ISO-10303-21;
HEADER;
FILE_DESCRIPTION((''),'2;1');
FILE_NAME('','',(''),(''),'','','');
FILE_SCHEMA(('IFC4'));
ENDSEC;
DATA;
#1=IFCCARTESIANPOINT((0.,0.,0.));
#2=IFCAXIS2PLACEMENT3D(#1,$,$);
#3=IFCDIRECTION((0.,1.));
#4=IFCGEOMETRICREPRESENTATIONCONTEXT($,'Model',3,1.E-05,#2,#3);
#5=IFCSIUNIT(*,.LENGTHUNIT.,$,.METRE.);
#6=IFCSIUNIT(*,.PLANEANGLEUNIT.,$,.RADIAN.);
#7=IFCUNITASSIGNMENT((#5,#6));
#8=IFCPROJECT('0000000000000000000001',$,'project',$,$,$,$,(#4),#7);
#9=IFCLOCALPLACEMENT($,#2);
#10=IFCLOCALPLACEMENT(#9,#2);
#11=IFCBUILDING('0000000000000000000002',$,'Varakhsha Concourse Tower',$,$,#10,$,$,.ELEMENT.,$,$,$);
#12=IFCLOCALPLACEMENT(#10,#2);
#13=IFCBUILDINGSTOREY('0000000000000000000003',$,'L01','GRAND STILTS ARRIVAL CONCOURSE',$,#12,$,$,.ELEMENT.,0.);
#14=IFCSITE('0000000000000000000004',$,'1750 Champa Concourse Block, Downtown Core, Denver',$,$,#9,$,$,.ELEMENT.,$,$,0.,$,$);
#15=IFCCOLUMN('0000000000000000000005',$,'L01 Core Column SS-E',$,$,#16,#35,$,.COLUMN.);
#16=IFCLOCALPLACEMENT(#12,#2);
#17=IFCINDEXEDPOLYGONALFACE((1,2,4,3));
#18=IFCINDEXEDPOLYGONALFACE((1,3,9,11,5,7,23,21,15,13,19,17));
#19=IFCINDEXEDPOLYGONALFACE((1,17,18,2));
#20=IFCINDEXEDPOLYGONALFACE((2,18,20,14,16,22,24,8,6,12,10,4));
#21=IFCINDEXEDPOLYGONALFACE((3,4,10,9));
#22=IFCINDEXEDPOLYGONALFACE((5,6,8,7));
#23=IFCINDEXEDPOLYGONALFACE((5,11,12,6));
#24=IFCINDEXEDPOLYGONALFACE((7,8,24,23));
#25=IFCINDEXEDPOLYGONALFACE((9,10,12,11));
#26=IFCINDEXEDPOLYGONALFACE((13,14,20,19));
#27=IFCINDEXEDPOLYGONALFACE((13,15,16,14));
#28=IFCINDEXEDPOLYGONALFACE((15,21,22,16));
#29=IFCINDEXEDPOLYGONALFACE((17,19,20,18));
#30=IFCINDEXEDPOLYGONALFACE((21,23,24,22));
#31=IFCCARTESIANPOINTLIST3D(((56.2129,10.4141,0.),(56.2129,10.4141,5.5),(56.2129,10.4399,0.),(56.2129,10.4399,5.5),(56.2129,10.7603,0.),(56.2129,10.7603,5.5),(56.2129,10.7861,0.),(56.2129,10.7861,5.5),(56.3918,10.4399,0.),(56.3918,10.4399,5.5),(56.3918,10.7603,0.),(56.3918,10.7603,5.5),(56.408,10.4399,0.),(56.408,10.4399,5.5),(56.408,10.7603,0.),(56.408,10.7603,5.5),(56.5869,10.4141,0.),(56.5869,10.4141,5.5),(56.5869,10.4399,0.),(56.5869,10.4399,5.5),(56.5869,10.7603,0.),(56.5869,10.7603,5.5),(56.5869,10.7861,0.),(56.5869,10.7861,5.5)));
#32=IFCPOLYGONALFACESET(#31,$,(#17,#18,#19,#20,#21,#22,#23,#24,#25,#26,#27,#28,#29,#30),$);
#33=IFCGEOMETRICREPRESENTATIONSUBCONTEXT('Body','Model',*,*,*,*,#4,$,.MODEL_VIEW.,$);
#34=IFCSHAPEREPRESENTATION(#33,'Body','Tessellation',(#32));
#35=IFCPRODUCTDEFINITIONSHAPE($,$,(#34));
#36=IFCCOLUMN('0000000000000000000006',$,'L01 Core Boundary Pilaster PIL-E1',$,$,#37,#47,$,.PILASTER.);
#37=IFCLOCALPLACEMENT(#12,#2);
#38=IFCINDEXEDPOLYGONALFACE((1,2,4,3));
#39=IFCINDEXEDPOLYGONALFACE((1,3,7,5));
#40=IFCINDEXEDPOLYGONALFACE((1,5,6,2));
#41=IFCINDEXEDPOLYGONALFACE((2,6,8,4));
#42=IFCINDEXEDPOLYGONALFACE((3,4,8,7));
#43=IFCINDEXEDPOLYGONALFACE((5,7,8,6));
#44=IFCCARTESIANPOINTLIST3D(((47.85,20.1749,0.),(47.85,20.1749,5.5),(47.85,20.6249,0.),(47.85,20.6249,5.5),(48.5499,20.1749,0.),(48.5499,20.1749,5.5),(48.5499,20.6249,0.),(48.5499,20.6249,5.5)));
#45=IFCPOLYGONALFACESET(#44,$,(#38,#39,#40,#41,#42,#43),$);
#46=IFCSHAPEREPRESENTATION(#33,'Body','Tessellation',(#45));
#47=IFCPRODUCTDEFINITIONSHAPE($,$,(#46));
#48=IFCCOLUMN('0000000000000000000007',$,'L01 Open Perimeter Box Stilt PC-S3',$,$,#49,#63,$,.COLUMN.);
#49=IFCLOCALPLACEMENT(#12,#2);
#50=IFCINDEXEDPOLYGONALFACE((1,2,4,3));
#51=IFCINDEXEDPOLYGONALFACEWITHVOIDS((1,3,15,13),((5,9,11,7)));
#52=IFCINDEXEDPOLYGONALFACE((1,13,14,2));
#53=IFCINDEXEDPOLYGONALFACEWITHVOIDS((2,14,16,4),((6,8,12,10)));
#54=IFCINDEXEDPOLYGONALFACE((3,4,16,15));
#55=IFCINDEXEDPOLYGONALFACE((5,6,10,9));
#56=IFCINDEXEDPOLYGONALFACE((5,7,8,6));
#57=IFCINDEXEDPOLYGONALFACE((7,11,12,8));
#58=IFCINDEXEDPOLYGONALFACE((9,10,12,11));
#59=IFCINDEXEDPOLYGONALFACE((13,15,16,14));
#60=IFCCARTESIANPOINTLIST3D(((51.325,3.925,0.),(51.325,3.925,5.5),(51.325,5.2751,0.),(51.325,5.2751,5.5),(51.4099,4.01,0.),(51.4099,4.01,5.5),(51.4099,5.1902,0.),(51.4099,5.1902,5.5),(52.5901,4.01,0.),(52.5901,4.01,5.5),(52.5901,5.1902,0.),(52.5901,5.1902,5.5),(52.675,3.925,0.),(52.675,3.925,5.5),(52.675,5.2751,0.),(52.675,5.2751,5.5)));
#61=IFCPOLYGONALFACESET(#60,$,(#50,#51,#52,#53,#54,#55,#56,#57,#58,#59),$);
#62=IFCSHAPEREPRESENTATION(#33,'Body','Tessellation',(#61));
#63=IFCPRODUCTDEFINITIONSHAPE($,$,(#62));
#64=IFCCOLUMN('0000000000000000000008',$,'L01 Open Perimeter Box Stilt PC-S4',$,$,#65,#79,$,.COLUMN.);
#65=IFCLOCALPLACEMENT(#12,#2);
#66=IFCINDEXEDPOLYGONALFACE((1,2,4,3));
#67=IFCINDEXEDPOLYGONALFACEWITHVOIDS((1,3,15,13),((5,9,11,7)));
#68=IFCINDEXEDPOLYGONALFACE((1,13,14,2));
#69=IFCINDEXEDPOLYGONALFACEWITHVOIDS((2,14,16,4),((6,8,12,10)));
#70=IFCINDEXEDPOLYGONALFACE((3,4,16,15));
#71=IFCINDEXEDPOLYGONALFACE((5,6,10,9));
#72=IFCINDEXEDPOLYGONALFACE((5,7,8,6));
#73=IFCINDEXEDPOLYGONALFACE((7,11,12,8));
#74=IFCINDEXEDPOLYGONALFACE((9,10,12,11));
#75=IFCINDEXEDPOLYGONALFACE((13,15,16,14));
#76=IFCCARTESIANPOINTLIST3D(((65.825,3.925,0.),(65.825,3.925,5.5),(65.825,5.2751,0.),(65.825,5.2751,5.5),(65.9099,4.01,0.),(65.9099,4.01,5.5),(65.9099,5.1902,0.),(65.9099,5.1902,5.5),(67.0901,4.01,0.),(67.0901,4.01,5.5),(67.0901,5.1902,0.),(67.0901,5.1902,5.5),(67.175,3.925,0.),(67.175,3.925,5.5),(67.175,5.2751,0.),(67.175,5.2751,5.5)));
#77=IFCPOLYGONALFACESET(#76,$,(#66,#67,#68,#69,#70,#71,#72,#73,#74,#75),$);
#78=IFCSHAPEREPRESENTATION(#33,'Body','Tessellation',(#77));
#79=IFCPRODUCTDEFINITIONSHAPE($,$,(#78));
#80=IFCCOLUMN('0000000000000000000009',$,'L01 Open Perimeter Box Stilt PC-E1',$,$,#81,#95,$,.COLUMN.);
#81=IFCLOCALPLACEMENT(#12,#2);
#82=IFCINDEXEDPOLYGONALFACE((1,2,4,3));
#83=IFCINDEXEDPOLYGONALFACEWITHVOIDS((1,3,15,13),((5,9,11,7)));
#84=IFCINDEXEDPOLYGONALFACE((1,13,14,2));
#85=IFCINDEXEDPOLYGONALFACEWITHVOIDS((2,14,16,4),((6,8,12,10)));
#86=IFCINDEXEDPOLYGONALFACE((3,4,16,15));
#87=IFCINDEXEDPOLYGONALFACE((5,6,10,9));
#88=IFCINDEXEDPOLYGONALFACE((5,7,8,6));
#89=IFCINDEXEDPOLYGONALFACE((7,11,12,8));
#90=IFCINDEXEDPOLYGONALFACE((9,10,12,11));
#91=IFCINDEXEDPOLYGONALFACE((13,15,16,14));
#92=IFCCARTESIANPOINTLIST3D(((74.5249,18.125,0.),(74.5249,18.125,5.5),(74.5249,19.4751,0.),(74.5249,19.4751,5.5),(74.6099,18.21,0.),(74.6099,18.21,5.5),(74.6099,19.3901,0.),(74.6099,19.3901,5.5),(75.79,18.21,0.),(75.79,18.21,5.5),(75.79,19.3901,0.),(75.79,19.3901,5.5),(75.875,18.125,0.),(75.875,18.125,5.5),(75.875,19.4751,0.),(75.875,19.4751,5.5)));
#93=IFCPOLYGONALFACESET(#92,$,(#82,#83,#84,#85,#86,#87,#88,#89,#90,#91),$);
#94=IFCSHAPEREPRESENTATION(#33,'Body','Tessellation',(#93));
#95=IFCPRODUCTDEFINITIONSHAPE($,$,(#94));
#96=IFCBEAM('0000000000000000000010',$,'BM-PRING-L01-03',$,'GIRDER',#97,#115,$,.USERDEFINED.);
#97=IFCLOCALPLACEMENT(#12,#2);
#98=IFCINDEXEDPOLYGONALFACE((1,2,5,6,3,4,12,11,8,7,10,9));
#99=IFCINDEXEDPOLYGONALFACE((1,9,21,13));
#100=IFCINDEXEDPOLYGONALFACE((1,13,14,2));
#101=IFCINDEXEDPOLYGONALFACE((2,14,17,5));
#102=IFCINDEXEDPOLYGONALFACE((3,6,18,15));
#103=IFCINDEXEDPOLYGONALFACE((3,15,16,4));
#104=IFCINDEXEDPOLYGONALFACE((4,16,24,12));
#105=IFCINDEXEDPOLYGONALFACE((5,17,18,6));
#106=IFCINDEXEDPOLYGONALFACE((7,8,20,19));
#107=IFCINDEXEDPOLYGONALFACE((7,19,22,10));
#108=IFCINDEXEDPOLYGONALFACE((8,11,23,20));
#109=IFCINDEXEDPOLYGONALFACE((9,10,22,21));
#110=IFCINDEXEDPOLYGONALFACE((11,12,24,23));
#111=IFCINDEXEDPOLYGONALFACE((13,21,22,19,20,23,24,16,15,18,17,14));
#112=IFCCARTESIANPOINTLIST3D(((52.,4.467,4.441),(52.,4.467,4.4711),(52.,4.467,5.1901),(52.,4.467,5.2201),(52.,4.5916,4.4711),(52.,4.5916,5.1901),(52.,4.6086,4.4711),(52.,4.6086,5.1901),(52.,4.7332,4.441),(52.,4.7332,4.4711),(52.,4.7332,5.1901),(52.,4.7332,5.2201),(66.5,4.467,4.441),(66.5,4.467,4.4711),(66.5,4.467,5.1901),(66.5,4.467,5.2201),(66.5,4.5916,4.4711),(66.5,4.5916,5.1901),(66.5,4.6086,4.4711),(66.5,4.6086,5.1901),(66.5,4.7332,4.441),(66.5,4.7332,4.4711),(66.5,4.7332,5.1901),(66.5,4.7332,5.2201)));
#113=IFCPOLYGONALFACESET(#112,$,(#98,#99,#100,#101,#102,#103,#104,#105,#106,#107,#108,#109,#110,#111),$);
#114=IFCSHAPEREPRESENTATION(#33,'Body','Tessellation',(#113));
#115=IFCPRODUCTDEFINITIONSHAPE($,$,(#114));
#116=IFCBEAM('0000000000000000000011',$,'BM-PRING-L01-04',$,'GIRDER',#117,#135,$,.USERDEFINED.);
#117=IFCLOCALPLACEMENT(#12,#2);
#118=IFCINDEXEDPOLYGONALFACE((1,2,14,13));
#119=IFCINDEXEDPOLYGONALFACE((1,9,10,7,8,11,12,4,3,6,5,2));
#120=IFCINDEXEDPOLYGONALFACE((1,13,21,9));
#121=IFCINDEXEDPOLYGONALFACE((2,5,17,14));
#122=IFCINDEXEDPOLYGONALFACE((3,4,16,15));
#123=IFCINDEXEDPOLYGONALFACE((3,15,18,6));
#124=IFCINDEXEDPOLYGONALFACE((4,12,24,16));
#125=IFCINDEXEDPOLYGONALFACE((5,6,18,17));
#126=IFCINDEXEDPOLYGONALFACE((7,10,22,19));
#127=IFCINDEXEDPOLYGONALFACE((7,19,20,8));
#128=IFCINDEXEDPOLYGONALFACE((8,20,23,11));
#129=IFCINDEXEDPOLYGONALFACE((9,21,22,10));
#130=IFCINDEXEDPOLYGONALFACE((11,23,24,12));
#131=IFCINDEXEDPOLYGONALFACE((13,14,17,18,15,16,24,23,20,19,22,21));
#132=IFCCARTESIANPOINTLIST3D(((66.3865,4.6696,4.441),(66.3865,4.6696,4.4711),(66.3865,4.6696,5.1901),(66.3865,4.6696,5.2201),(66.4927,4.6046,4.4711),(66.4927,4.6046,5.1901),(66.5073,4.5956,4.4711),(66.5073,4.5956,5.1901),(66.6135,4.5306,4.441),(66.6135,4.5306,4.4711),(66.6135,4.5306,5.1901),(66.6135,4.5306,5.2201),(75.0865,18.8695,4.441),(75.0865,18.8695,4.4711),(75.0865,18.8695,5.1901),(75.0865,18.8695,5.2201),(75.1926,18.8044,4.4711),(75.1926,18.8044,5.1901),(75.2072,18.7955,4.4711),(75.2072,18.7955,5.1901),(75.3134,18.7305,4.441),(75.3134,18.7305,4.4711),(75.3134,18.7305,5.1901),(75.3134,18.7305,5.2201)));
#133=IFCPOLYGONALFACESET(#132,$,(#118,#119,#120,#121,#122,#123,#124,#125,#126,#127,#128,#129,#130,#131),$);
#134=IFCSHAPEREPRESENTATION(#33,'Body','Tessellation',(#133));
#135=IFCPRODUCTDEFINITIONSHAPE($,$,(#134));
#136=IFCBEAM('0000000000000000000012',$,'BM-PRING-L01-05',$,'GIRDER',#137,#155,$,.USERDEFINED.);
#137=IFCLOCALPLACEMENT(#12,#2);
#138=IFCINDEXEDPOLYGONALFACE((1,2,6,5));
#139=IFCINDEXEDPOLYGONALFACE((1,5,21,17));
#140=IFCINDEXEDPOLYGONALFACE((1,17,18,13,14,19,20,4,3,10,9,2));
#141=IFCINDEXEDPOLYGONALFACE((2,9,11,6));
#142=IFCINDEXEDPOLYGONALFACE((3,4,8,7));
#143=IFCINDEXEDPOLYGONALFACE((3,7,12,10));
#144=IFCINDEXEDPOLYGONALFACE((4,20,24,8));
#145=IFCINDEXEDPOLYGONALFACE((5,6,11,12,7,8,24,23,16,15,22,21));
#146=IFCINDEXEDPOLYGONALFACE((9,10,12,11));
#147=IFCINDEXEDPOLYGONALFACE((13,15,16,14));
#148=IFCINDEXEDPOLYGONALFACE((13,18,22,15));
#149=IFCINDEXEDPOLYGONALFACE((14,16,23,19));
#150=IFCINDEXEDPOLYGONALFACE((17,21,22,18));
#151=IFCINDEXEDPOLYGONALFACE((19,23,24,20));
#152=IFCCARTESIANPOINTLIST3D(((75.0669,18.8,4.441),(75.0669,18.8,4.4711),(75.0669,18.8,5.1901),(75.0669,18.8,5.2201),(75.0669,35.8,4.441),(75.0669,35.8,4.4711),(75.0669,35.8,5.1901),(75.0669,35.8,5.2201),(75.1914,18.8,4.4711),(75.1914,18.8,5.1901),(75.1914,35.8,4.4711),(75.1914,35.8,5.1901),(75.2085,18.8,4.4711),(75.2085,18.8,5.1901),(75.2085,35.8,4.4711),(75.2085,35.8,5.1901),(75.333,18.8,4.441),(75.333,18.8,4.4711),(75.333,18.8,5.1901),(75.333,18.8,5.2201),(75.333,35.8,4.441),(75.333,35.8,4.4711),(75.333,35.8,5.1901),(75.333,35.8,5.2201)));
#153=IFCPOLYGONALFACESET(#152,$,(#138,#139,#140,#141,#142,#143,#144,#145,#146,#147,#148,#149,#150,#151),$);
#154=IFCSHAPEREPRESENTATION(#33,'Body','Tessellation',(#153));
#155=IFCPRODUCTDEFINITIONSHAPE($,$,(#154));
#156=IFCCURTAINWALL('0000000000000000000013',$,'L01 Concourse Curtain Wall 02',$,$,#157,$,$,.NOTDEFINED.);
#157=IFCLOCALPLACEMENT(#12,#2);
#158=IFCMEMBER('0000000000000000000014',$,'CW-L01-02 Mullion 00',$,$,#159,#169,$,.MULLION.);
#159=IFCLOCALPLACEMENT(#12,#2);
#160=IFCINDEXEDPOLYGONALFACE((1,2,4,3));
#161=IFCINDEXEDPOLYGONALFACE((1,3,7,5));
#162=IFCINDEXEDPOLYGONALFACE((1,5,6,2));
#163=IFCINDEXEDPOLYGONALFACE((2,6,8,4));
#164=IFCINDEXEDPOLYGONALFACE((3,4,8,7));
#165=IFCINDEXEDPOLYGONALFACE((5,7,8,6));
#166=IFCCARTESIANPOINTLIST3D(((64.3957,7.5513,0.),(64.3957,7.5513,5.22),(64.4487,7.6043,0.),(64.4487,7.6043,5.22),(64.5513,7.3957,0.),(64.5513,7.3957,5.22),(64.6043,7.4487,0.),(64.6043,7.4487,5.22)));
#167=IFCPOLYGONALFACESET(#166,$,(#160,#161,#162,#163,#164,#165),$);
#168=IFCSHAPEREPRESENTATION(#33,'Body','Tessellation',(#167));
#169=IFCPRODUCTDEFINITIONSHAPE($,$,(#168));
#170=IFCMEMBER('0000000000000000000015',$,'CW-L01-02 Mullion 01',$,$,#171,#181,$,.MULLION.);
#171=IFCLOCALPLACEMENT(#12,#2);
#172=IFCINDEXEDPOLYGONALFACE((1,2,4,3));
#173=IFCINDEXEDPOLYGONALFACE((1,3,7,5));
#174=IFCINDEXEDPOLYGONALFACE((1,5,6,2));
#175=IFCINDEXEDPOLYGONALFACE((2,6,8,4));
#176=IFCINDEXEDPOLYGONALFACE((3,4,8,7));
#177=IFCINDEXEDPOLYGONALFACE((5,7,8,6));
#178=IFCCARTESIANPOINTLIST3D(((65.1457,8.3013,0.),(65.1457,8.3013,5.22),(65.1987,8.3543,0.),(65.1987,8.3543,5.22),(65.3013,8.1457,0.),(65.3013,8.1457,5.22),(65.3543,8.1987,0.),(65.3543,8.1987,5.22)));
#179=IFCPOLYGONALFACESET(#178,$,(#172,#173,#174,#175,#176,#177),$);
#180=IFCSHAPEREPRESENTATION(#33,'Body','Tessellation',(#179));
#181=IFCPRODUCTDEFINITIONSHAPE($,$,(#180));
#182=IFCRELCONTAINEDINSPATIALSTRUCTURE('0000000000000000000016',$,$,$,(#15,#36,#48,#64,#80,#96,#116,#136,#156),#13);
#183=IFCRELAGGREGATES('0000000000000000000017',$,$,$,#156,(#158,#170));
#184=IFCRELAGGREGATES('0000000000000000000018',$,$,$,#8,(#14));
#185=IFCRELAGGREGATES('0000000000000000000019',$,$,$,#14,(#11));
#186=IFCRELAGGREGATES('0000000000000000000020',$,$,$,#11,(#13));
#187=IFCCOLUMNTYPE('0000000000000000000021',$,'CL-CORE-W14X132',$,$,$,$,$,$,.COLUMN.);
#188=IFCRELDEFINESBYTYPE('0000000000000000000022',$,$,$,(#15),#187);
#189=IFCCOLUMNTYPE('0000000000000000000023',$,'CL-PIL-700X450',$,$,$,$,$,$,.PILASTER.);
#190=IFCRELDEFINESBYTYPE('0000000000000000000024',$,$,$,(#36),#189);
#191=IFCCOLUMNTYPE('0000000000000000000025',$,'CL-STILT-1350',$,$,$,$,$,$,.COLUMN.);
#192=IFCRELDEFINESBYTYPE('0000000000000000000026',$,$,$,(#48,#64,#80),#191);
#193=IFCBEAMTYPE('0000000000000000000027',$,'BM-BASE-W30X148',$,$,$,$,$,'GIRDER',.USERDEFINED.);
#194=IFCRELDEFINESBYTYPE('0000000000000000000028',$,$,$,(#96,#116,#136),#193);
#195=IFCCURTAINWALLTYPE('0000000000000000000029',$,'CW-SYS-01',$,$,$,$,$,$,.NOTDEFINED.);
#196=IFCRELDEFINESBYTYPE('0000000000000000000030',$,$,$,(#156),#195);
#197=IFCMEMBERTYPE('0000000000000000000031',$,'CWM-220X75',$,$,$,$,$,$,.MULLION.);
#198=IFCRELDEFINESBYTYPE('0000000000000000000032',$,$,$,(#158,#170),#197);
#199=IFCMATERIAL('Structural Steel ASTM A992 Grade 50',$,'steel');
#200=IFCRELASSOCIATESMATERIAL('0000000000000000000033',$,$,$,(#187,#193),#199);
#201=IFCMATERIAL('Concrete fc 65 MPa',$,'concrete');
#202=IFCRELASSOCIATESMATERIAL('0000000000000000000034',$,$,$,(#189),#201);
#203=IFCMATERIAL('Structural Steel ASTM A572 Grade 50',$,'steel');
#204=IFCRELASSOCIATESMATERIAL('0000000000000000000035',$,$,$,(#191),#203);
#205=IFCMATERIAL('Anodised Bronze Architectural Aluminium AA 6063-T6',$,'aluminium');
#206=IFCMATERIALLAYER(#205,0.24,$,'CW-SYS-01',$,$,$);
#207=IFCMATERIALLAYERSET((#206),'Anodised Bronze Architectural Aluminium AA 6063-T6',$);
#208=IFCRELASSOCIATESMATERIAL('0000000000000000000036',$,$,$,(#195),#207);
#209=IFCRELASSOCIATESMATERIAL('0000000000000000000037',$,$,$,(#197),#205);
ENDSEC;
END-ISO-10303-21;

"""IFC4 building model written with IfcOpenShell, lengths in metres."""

from ifc_helpers import new_model, si_unit, direction, frame, origin, origin_2d, place, context, subcontext, project, spatial, rectangle, hollow_rectangle, i_section, extrude, source, transform, mapped, material, layer, layer_set, material_profile, profile_set, type_object, type_shapes, element, aggregate, save


model = new_model("IFC4")

# Units and contexts
model_context = context("Model", 3, precision=1e-05, world=origin(), true_north=direction((0.0, 1.0)))
body_context = subcontext(model_context, "Body", "Model", "MODEL_VIEW")
ifc_project = project(units=[si_unit("LENGTHUNIT", "METRE"), si_unit("PLANEANGLEUNIT", "RADIAN")], contexts=[model_context])

# Site, building, storey
site_placement = place(None, origin())
site = spatial("IfcSite", under=ifc_project, at=site_placement, Name="1750 Champa Concourse Block, Downtown Core, Denver", CompositionType="ELEMENT", RefElevation=0.0)
building_placement = place(site_placement, origin())
building = spatial("IfcBuilding", under=site, at=building_placement, Name="Varakhsha Concourse Tower", CompositionType="ELEMENT")
storey_placement = place(building_placement, origin())
storey = spatial("IfcBuildingStorey", under=building, at=storey_placement, Name="L01", Description="GRAND STILTS ARRIVAL CONCOURSE", CompositionType="ELEMENT", Elevation=0.0)

# Columns
ifc_material_1 = material(Name="Structural Steel ASTM A992 Grade 50", Category="steel")
ifc_material_profile_1 = material_profile(ifc_material_1, i_section(OverallWidth=0.374, OverallDepth=0.3721, WebThickness=0.0161, FlangeThickness=0.0259, at=origin_2d()), Name="W14X132")
ifc_profile_set_1 = profile_set([ifc_material_profile_1], Name="Structural Steel ASTM A992 Grade 50")
column_type_1 = type_object("IfcColumnType", Name="CL-CORE-W14X132", PredefinedType="COLUMN", material=ifc_profile_set_1)
column_1_placement = place(storey_placement, frame((56.3999, 10.6001, 0.0), z_axis=(0.0, 0.0, 1.0), x_axis=(1.0, 0.0, 0.0)))
element("IfcColumn", 1, at=column_1_placement, inside=storey, type_object=column_type_1, Name="L01 Core Column SS-E", PredefinedType="COLUMN", context=body_context, shape_type="SweptSolid", body=[
    extrude(i_section(OverallWidth=0.374, OverallDepth=0.3721, WebThickness=0.0161, FlangeThickness=0.0259, at=origin_2d()), origin(), (0.0, 0.0, 1.0), 5.5),
])
ifc_material_2 = material(Name="Concrete fc 65 MPa", Category="concrete")
ifc_material_profile_2 = material_profile(ifc_material_2, rectangle(XDim=0.7, YDim=0.45, at=origin_2d()), Name="RC 700x450")
ifc_profile_set_2 = profile_set([ifc_material_profile_2], Name="Concrete fc 65 MPa")
column_type_2 = type_object("IfcColumnType", Name="CL-PIL-700X450", PredefinedType="PILASTER", material=ifc_profile_set_2)
column_2_placement = place(storey_placement, frame((48.2, 20.3999, 0.0), z_axis=(0.0, 0.0, 1.0), x_axis=(1.0, 0.0, 0.0)))
element("IfcColumn", 2, at=column_2_placement, inside=storey, type_object=column_type_2, Name="L01 Core Boundary Pilaster PIL-E1", PredefinedType="PILASTER", context=body_context, shape_type="SweptSolid", body=[
    extrude(rectangle(XDim=0.7, YDim=0.45, at=origin_2d()), origin(), (0.0, 0.0, 1.0), 5.5),
])
ifc_material_3 = material(Name="Structural Steel ASTM A572 Grade 50", Category="steel")
ifc_material_profile_3 = material_profile(ifc_material_3, hollow_rectangle(XDim=1.3501, YDim=1.3501, WallThickness=0.085, at=origin_2d()), Name="BOX 1350x1350x85")
ifc_profile_set_3 = profile_set([ifc_material_profile_3], Name="Structural Steel ASTM A572 Grade 50")
column_type_3 = type_object("IfcColumnType", Name="CL-STILT-1350", PredefinedType="COLUMN", material=ifc_profile_set_3)
for number, where, z_axis, x_axis, name in (
    (3, (52.0, 4.6001, 0.0), (0.0, 0.0, 1.0), (1.0, 0.0, 0.0), "L01 Open Perimeter Box Stilt PC-S3"),
    (4, (66.5, 4.6001, 0.0), (0.0, 0.0, 1.0), (1.0, 0.0, 0.0), "L01 Open Perimeter Box Stilt PC-S4"),
    (5, (75.2, 18.8, 0.0), (0.0, 0.0, 1.0), (1.0, 0.0, 0.0), "L01 Open Perimeter Box Stilt PC-E1"),
):
    element("IfcColumn", number, at=place(storey_placement, frame(where, z_axis=z_axis, x_axis=x_axis)), inside=storey, type_object=column_type_3, Name=name, PredefinedType="COLUMN", context=body_context, shape_type="SweptSolid", body=[
        extrude(hollow_rectangle(XDim=1.3501, YDim=1.3501, WallThickness=0.085, at=origin_2d()), origin(), (0.0, 0.0, 1.0), 5.5),
    ])

# Beams
ifc_material_profile_4 = material_profile(ifc_material_1, i_section(OverallWidth=0.2661, OverallDepth=0.7791, WebThickness=0.0171, FlangeThickness=0.03, at=origin_2d()), Name="W30X148")
ifc_profile_set_4 = profile_set([ifc_material_profile_4], Name="Structural Steel ASTM A992 Grade 50")
beam_type = type_object("IfcBeamType", Name="BM-BASE-W30X148", ElementType="GIRDER", PredefinedType="USERDEFINED", material=ifc_profile_set_4)
beam_1_placement = place(storey_placement, frame((52.0, 4.6001, 4.8306), z_axis=(1.0, 0.0, 0.0), x_axis=(0.0, 1.0, 0.0)))
element("IfcBeam", 6, at=beam_1_placement, inside=storey, type_object=beam_type, Name="BM-PRING-L01-03", ObjectType="GIRDER", PredefinedType="USERDEFINED", context=body_context, shape_type="SweptSolid", body=[
    extrude(i_section(OverallWidth=0.2661, OverallDepth=0.7791, WebThickness=0.0171, FlangeThickness=0.03, at=origin_2d()), origin(), (0.0, 0.0, 1.0), 14.5),
])
beam_2_placement = place(storey_placement, frame((66.5, 4.6001, 4.8306), z_axis=(0.52242, 0.852688, 0.0), x_axis=(-0.852688, 0.52242, 0.0)))
element("IfcBeam", 7, at=beam_2_placement, inside=storey, type_object=beam_type, Name="BM-PRING-L01-04", ObjectType="GIRDER", PredefinedType="USERDEFINED", context=body_context, shape_type="SweptSolid", body=[
    extrude(i_section(OverallWidth=0.2661, OverallDepth=0.7791, WebThickness=0.0171, FlangeThickness=0.03, at=origin_2d()), origin(), (0.0, 0.0, 1.0), 16.6531),
])
beam_3_placement = place(storey_placement, frame((75.2, 18.8, 4.8306), z_axis=(0.0, 1.0, 0.0), x_axis=(-1.0, 0.0, 0.0)))
element("IfcBeam", 8, at=beam_3_placement, inside=storey, type_object=beam_type, Name="BM-PRING-L01-05", ObjectType="GIRDER", PredefinedType="USERDEFINED", context=body_context, shape_type="SweptSolid", body=[
    extrude(i_section(OverallWidth=0.2661, OverallDepth=0.7791, WebThickness=0.0171, FlangeThickness=0.03, at=origin_2d()), origin(), (0.0, 0.0, 1.0), 17.0),
])

# Curtain wall, members
ifc_material_4 = material(Name="Anodised Bronze Architectural Aluminium AA 6063-T6", Category="aluminium")
ifc_layer_1 = layer(ifc_material_4, 0.24, Name="CW-SYS-01")
ifc_layer_set_1 = layer_set([ifc_layer_1], Name="Anodised Bronze Architectural Aluminium AA 6063-T6")
curtain_wall_type = type_object("IfcCurtainWallType", Name="CW-SYS-01", PredefinedType="NOTDEFINED", material=ifc_layer_set_1)
curtain_wall_placement = place(storey_placement, origin())
curtain_wall = element("IfcCurtainWall", 9, at=curtain_wall_placement, inside=storey, type_object=curtain_wall_type, Name="L01 Concourse Curtain Wall 02", PredefinedType="NOTDEFINED")
ifc_material_profile_5 = material_profile(ifc_material_4, rectangle(XDim=0.075, YDim=0.22, at=origin_2d()), Name="CWM-220X75")
ifc_profile_set_5 = profile_set([ifc_material_profile_5], Name="Anodised Bronze Architectural Aluminium AA 6063-T6")
member_type_1 = type_object("IfcMemberType", Name="CWM-220X75", PredefinedType="MULLION", material=ifc_profile_set_5)
shared_shape_1 = source(origin(), body_context, "Body", "SweptSolid", [
    extrude(rectangle(XDim=0.075, YDim=0.22, at=origin_2d()), origin(), (0.0, 0.0, 1.0), 5.22),
])
type_shapes(member_type_1, [shared_shape_1])
member_1_placement = place(storey_placement, frame((64.5, 7.5, 0.0), z_axis=(0.0, 0.0, 1.0), x_axis=(0.707107, 0.707107, 0.0)))
member_1 = element("IfcMember", 10, at=member_1_placement, type_object=member_type_1, Name="CW-L01-02 Mullion 00", PredefinedType="MULLION", context=body_context, shape_type="MappedRepresentation", body=[
    mapped(shared_shape_1, transform((0.0, 0.0, 0.0), scale=1.0)),
])
member_2_placement = place(storey_placement, frame((65.25, 8.25, 0.0), z_axis=(0.0, 0.0, 1.0), x_axis=(0.707107, 0.707107, 0.0)))
member_2 = element("IfcMember", 11, at=member_2_placement, type_object=member_type_1, Name="CW-L01-02 Mullion 01", PredefinedType="MULLION", context=body_context, shape_type="MappedRepresentation", body=[
    mapped(shared_shape_1, transform((0.0, 0.0, 0.0), scale=1.0)),
])
aggregate(curtain_wall, [member_1, member_2])

save(model, "model.ifc")
